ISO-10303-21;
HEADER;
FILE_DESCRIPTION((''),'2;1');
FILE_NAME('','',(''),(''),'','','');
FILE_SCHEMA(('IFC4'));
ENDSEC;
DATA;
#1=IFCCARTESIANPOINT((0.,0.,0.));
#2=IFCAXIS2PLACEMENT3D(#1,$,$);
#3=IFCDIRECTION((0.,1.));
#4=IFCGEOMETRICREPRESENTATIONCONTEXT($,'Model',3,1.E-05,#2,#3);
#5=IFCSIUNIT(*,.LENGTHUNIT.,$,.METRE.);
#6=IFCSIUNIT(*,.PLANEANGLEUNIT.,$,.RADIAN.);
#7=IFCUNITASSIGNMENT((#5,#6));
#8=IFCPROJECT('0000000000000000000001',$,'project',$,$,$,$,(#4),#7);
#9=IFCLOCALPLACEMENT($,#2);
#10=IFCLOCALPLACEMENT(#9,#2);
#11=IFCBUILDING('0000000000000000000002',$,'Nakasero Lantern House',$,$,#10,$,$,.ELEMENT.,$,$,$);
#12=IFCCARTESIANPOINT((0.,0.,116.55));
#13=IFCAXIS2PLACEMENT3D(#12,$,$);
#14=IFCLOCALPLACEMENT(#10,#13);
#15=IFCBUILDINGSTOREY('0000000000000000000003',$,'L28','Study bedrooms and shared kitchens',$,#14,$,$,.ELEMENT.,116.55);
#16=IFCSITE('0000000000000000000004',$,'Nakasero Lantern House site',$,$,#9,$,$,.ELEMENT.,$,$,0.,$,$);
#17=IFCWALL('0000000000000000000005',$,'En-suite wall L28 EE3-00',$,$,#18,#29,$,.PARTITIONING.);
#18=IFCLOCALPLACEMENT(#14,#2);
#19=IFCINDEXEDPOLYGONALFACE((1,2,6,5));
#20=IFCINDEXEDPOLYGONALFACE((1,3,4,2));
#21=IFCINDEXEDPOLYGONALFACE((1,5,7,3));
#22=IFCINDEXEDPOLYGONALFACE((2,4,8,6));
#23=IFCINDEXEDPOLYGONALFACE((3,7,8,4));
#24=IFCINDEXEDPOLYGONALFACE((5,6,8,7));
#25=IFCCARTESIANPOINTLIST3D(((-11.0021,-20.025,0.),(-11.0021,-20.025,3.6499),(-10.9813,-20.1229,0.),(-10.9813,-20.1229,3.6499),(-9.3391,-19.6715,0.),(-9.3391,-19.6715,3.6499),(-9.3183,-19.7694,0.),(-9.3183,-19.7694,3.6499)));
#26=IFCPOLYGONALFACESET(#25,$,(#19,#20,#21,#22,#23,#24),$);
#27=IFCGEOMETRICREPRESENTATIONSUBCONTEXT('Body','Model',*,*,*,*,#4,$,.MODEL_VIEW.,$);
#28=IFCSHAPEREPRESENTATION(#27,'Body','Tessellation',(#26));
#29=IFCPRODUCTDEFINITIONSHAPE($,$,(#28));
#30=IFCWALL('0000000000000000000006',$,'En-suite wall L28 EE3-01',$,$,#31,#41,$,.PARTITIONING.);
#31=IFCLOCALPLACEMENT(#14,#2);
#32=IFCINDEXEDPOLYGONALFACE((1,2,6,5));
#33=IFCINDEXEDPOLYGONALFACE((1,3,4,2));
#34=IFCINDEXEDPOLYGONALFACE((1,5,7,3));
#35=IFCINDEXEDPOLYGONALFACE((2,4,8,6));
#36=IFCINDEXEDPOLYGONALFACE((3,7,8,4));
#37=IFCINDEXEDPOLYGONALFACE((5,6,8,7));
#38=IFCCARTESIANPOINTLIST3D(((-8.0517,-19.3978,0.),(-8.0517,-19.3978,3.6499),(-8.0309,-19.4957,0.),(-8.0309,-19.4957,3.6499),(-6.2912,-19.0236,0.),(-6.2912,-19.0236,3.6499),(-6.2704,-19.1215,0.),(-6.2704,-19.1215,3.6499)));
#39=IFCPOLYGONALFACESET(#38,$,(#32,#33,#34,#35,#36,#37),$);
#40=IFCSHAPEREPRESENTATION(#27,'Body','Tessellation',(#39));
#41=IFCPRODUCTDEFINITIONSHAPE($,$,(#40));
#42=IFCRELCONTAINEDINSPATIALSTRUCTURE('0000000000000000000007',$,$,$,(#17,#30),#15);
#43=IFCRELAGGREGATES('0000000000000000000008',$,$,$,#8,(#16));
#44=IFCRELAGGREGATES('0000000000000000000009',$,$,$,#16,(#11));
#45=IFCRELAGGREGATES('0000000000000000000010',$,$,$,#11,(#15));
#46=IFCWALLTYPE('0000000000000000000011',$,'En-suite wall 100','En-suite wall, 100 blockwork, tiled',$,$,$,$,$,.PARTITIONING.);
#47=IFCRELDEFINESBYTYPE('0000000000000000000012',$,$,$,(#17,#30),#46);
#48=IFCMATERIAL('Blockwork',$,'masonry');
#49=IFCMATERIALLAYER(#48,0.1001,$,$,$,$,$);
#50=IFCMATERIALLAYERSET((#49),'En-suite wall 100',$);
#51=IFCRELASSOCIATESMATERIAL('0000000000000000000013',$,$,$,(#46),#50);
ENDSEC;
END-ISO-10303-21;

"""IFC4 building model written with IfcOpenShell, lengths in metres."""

from ifc_helpers import new_model, si_unit, direction, frame, frame_2d, origin, place, context, subcontext, project, spatial, rectangle, extrude, material, layer, layer_set, type_object, element, save


model = new_model("IFC4")

# Units and contexts
model_context = context("Model", 3, precision=1e-05, world=origin(), true_north=direction((0.0, 1.0)))
body_context = subcontext(model_context, "Body", "Model", "MODEL_VIEW")
ifc_project = project(units=[si_unit("LENGTHUNIT", "METRE"), si_unit("PLANEANGLEUNIT", "RADIAN")], contexts=[model_context])

# Site, building, storey
site_placement = place(None, origin())
site = spatial("IfcSite", under=ifc_project, at=site_placement, Name="Nakasero Lantern House site", CompositionType="ELEMENT", RefElevation=0.0)
building_placement = place(site_placement, origin())
building = spatial("IfcBuilding", under=site, at=building_placement, Name="Nakasero Lantern House", CompositionType="ELEMENT")
storey_placement = place(building_placement, frame((0.0, 0.0, 116.55)))
storey = spatial("IfcBuildingStorey", under=building, at=storey_placement, Name="L28", Description="Study bedrooms and shared kitchens", CompositionType="ELEMENT", Elevation=116.55)

# Shared definitions
ifc_material_1 = material(Name="Blockwork", Category="masonry")
ifc_layer_1 = layer(ifc_material_1, 0.1001)
ifc_layer_set_1 = layer_set([ifc_layer_1], Name="En-suite wall 100")
wall_type_1 = type_object("IfcWallType", Name="En-suite wall 100", Description="En-suite wall, 100 blockwork, tiled", PredefinedType="PARTITIONING", material=ifc_layer_set_1)

# Walls
wall_1_placement = place(storey_placement, frame((-10.9917, -20.074, 0.0), z_axis=(0.0, 0.0, 1.0), x_axis=(0.978146, 0.207921, 0.0)))
element("IfcWall", 1, at=wall_1_placement, inside=storey, type_object=wall_type_1, Name="En-suite wall L28 EE3-00", PredefinedType="PARTITIONING", context=body_context, shape_type="SweptSolid", body=[
    extrude(rectangle(XDim=1.7002, YDim=0.1001, at=frame_2d((0.8501, 0.0))), origin(), (0.0, 0.0, 1.0), 3.6499),
])
wall_2_placement = place(storey_placement, frame((-8.0413, -19.4468, 0.0), z_axis=(0.0, 0.0, 1.0), x_axis=(0.978141, 0.207945, 0.0)))
element("IfcWall", 2, at=wall_2_placement, inside=storey, type_object=wall_type_1, Name="En-suite wall L28 EE3-01", PredefinedType="PARTITIONING", context=body_context, shape_type="SweptSolid", body=[
    extrude(rectangle(XDim=1.7998, YDim=0.1001, at=frame_2d((0.8999, 0.0))), origin(), (0.0, 0.0, 1.0), 3.6499),
])

save(model, "model.ifc")
